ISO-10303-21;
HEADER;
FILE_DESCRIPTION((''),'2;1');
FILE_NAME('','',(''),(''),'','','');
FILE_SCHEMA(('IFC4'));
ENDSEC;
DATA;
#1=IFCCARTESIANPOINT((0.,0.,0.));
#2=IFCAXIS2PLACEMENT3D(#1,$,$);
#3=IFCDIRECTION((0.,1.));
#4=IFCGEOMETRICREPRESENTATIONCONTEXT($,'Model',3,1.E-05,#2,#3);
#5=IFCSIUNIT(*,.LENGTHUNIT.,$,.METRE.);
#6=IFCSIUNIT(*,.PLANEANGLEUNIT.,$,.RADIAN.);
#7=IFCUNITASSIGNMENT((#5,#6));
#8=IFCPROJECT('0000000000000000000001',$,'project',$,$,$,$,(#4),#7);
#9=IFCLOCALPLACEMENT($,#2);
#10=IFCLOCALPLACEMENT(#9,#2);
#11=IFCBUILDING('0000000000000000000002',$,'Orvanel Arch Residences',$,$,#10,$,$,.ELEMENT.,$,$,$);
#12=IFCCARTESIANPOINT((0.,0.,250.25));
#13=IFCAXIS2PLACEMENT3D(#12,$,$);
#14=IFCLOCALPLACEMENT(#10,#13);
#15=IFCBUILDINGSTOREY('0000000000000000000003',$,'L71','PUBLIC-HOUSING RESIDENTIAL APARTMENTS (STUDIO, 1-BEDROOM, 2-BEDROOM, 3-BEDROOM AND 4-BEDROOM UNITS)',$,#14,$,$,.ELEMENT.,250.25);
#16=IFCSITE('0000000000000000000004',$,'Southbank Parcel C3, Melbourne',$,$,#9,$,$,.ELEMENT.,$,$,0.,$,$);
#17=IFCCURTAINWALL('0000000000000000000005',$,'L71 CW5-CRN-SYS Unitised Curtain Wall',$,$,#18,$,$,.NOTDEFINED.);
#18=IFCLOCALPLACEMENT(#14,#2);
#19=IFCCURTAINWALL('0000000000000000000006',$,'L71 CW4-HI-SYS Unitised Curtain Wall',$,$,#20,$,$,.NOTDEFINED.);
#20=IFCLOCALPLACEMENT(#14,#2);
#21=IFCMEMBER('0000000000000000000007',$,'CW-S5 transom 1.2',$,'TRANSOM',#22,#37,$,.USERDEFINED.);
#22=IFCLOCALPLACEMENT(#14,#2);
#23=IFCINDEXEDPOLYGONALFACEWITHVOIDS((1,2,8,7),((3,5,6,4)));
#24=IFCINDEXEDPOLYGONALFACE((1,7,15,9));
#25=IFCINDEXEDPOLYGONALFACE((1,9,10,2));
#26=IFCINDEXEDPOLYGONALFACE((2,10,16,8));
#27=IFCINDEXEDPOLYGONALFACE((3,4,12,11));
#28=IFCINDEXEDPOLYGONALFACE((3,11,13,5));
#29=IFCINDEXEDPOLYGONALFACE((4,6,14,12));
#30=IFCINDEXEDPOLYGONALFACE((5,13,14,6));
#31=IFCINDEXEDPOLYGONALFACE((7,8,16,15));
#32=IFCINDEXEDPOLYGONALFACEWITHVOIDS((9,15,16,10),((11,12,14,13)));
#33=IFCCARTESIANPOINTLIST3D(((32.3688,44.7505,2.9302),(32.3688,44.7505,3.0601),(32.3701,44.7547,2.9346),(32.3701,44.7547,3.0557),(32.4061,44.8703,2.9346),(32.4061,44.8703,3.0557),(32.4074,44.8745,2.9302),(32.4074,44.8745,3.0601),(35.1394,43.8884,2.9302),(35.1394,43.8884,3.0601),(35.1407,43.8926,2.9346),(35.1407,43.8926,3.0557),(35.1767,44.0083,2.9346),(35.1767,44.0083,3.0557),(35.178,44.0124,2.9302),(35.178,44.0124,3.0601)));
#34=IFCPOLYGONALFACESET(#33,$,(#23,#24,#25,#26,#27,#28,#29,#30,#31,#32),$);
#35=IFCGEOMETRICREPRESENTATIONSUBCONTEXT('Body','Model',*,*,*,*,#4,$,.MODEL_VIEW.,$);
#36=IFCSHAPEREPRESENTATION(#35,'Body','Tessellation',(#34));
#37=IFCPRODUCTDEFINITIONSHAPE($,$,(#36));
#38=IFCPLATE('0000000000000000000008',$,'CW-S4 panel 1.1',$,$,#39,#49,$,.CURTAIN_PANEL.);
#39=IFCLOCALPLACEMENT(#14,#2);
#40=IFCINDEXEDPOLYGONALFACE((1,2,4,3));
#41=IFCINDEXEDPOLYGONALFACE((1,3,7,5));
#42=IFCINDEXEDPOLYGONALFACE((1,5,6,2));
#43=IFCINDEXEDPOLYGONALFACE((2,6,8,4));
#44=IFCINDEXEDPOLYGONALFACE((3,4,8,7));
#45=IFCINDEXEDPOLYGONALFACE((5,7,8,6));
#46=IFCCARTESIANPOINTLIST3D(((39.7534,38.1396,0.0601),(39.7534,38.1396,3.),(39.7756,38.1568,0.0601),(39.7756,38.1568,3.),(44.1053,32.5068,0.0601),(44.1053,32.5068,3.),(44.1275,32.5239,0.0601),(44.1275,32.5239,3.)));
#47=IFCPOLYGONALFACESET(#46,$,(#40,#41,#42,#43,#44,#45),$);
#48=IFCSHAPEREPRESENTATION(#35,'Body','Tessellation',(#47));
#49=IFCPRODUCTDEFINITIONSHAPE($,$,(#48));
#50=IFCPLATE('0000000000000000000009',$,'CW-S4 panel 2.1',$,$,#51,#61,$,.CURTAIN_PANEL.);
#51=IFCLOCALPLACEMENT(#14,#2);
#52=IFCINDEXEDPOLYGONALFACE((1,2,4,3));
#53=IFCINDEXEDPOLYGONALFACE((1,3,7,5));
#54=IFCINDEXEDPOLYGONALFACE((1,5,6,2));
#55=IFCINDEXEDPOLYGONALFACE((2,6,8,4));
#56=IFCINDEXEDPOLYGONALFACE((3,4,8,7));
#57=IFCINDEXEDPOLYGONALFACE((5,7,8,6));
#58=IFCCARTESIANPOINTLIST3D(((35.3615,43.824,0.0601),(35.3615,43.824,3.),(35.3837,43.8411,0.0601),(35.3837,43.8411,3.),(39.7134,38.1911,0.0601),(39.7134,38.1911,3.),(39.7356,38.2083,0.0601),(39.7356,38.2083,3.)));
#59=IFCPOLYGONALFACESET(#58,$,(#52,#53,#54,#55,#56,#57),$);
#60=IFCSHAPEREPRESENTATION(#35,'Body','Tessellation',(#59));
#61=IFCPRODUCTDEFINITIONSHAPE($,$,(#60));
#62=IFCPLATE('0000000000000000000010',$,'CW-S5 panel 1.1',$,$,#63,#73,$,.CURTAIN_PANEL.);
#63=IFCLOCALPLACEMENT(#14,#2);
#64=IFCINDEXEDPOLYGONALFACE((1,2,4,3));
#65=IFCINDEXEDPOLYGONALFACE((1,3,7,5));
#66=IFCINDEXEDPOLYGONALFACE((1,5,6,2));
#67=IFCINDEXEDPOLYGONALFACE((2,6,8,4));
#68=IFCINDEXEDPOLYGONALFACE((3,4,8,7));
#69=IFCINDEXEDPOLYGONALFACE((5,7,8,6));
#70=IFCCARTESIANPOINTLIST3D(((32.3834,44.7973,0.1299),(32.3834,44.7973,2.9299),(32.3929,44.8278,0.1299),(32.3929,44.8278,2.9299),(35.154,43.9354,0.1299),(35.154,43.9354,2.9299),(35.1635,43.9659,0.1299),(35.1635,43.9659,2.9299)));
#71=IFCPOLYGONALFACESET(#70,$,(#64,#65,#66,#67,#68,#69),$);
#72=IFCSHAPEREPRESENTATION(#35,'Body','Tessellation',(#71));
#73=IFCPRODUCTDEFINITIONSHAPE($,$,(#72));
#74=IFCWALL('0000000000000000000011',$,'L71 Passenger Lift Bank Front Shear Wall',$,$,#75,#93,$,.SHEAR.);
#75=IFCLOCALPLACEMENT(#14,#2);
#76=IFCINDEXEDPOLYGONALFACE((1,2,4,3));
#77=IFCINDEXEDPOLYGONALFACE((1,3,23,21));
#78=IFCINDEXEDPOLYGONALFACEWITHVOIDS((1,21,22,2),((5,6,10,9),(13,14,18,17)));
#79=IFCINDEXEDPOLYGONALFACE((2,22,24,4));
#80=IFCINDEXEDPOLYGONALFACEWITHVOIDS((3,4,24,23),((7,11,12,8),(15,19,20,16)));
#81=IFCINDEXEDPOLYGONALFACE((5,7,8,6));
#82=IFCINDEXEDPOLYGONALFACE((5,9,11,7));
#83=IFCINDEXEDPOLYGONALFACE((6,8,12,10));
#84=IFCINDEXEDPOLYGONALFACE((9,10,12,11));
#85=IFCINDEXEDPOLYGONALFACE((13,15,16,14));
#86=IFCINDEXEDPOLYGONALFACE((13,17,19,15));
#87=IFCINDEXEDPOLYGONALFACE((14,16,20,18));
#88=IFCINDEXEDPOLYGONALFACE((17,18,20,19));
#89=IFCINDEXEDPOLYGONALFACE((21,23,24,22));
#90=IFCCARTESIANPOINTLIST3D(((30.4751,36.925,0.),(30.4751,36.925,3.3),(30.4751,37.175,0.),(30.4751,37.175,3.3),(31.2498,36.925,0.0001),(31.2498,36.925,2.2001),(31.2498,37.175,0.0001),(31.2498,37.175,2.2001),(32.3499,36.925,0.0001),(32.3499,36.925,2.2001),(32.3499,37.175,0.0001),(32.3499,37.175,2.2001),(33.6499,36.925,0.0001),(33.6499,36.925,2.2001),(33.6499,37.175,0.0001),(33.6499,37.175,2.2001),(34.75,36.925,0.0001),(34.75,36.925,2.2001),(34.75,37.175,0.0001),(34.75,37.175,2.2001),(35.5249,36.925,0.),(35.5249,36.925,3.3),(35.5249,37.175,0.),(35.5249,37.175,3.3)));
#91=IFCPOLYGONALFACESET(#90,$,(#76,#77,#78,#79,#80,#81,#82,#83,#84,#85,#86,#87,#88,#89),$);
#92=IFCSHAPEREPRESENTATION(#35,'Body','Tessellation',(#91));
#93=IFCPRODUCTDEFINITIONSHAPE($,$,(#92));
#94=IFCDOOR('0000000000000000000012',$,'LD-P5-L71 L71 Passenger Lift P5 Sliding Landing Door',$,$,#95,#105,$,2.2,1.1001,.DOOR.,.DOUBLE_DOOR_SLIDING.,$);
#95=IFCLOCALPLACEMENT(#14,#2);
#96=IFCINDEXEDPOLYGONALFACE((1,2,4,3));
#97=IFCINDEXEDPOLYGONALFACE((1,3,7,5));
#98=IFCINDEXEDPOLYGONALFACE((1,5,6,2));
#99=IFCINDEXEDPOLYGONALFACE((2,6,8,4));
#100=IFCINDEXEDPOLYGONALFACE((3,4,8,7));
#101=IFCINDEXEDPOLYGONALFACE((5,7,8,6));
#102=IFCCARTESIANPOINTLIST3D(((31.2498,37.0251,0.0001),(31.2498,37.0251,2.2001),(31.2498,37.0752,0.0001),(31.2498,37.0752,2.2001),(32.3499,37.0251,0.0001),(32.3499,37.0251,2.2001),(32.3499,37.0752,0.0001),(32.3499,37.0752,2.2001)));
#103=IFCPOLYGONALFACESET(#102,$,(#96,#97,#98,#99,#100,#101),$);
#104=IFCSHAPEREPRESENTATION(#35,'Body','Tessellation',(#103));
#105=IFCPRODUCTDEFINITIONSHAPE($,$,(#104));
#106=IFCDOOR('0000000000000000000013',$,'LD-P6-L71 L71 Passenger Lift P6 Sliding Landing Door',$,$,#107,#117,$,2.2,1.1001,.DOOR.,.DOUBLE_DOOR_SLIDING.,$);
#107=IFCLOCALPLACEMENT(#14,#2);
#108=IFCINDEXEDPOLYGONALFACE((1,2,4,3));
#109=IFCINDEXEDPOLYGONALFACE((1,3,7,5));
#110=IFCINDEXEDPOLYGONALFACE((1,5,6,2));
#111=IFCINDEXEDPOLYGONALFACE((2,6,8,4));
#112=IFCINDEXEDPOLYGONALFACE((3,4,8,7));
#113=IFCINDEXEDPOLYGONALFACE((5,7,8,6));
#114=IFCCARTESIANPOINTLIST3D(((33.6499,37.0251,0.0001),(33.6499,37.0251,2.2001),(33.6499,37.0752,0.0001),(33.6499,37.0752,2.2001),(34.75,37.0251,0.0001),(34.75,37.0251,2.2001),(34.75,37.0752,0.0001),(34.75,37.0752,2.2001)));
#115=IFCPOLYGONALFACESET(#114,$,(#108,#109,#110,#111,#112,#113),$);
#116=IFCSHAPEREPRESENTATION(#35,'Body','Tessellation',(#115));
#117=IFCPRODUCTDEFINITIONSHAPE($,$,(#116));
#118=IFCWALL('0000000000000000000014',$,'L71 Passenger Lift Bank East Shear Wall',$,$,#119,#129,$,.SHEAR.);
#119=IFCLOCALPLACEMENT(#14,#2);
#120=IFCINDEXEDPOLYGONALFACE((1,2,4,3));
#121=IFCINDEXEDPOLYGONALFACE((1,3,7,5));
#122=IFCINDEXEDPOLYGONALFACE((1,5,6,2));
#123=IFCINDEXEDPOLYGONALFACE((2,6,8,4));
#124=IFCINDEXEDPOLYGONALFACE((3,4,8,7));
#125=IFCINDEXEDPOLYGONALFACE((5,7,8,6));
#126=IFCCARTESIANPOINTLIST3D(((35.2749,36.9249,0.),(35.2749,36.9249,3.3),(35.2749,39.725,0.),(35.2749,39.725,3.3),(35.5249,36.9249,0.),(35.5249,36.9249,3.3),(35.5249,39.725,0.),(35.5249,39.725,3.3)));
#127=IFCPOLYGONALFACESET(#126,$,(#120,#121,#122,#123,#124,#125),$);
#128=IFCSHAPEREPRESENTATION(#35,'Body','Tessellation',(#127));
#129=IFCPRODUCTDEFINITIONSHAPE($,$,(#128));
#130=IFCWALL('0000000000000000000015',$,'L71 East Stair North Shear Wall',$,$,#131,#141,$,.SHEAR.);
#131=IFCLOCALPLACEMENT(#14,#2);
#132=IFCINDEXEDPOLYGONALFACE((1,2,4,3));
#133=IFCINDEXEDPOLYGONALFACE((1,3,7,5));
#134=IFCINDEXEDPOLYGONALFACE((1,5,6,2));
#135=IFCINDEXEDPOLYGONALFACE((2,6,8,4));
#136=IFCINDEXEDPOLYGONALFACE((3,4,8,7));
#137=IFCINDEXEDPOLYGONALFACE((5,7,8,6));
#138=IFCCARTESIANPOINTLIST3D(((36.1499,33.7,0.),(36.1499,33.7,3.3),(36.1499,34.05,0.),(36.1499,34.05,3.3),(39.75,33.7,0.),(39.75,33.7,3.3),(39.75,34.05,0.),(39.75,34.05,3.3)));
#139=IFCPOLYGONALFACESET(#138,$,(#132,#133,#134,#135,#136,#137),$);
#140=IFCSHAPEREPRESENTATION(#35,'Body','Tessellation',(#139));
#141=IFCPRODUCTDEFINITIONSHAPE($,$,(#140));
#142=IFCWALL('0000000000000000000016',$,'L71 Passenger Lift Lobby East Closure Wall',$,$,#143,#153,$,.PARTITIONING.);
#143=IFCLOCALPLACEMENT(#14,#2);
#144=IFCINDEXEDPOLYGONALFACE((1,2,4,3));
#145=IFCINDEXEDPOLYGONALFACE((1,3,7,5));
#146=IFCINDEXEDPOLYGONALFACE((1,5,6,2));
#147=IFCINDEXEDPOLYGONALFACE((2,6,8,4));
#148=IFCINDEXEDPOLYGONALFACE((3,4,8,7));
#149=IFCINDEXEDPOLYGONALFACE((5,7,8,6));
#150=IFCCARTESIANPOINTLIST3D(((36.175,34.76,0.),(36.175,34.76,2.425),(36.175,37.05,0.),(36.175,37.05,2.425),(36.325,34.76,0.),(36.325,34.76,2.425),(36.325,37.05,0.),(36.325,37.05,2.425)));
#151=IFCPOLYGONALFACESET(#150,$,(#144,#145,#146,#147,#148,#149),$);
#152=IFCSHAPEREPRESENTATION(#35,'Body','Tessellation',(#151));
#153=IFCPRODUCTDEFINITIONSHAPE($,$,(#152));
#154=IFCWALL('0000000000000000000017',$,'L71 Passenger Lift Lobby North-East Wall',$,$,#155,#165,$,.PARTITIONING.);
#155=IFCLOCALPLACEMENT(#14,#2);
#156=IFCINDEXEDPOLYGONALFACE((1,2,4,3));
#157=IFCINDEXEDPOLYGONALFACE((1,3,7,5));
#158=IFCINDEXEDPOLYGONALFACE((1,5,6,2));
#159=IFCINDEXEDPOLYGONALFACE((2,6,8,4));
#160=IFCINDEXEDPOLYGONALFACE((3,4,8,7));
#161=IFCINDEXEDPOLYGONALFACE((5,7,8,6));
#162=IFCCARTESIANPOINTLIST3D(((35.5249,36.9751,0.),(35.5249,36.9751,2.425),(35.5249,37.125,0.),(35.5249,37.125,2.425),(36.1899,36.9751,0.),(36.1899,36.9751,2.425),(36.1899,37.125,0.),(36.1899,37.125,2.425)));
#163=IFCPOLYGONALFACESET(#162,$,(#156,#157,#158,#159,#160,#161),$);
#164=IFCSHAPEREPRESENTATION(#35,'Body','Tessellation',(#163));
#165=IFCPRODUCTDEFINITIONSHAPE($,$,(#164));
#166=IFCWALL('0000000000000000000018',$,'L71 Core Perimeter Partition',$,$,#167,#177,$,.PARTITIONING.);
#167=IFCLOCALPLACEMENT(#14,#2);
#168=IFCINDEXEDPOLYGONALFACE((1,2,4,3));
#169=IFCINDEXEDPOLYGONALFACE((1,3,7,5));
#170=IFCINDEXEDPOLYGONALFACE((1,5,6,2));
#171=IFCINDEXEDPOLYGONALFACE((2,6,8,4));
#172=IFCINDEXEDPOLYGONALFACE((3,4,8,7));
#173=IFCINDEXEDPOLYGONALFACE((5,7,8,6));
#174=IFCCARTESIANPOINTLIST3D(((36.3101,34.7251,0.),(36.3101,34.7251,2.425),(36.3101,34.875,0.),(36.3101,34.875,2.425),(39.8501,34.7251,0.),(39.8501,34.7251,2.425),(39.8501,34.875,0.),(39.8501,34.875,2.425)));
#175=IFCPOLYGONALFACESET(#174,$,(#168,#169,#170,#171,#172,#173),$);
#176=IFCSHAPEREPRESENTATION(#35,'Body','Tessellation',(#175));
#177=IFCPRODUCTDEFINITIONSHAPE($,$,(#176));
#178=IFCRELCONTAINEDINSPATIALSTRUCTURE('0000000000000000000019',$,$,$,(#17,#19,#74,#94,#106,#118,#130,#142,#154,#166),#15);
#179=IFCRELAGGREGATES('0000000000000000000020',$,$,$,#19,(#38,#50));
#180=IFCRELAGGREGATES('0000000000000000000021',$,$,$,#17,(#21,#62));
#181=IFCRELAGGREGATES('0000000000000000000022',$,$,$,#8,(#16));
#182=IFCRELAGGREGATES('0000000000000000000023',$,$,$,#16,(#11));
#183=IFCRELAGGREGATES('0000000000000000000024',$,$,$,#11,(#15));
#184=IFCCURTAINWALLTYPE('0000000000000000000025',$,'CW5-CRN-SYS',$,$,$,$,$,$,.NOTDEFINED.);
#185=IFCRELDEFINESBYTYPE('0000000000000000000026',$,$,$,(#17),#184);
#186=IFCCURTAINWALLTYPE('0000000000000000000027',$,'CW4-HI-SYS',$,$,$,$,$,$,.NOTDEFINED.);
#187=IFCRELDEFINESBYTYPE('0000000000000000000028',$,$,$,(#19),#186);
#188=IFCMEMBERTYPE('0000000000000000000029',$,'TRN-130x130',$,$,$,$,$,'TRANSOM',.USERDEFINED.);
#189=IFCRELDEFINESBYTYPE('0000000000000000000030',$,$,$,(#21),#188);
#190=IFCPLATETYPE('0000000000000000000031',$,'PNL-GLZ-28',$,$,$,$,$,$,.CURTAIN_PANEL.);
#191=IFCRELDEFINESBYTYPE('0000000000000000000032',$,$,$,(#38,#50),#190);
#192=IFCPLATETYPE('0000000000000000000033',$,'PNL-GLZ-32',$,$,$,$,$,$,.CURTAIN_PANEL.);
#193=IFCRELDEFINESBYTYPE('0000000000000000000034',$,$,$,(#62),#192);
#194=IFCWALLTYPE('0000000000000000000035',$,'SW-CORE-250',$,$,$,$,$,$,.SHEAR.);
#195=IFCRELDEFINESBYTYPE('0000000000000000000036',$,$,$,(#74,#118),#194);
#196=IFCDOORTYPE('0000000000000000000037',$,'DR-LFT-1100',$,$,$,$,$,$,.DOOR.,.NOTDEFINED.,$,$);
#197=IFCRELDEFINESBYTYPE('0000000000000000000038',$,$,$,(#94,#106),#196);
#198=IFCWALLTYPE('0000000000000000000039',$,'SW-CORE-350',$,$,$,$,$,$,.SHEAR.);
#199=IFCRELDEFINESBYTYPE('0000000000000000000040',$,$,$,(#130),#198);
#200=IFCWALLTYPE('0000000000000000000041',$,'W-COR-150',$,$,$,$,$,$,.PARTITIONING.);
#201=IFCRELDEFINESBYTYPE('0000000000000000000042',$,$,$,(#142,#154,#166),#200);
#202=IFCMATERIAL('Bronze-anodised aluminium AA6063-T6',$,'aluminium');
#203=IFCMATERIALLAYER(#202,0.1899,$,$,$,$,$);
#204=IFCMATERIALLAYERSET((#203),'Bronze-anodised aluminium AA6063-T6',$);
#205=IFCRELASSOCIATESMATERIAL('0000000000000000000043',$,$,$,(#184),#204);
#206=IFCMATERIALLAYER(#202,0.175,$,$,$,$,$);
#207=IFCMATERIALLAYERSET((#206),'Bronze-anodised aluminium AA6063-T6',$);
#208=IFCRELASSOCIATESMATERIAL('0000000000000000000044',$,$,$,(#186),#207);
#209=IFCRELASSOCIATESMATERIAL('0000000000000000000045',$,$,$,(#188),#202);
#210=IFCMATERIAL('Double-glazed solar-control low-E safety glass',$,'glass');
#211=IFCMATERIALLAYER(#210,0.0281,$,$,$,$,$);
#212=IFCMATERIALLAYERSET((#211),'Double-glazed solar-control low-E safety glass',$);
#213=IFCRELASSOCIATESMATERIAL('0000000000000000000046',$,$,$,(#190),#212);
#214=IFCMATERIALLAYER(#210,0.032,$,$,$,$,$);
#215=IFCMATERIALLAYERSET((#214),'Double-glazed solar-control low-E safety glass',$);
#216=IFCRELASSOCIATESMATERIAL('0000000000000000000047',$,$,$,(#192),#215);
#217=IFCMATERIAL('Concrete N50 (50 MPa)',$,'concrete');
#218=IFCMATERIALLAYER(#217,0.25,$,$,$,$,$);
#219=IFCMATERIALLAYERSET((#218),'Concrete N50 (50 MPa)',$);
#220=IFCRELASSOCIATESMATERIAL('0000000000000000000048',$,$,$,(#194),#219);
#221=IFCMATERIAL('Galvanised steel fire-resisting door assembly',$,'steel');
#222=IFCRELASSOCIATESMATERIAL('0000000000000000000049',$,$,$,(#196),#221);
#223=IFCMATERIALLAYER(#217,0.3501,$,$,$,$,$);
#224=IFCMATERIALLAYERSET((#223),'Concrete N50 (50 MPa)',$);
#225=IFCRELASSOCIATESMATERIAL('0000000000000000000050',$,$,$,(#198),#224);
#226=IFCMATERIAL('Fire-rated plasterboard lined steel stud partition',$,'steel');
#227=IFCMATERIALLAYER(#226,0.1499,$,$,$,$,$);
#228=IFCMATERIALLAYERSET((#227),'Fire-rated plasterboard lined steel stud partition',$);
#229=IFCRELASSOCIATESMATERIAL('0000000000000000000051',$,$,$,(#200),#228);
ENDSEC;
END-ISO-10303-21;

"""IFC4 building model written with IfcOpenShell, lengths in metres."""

from ifc_helpers import new_model, si_unit, direction, frame, frame_2d, origin, origin_2d, place, context, subcontext, project, spatial, rectangle, hollow_rectangle, extrude, material, layer, layer_set, material_profile, profile_set, type_object, element, fill, aggregate, save


model = new_model("IFC4")

# Units and contexts
model_context = context("Model", 3, precision=1e-05, world=origin(), true_north=direction((0.0, 1.0)))
body_context = subcontext(model_context, "Body", "Model", "MODEL_VIEW")
ifc_project = project(units=[si_unit("LENGTHUNIT", "METRE"), si_unit("PLANEANGLEUNIT", "RADIAN")], contexts=[model_context])

# Site, building, storey
site_placement = place(None, origin())
site = spatial("IfcSite", under=ifc_project, at=site_placement, Name="Southbank Parcel C3, Melbourne", CompositionType="ELEMENT", RefElevation=0.0)
building_placement = place(site_placement, origin())
building = spatial("IfcBuilding", under=site, at=building_placement, Name="Orvanel Arch Residences", CompositionType="ELEMENT")
storey_placement = place(building_placement, frame((0.0, 0.0, 250.25)))
storey = spatial("IfcBuildingStorey", under=building, at=storey_placement, Name="L71", Description="PUBLIC-HOUSING RESIDENTIAL APARTMENTS (STUDIO, 1-BEDROOM, 2-BEDROOM, 3-BEDROOM AND 4-BEDROOM UNITS)", CompositionType="ELEMENT", Elevation=250.25)

# Curtain wall
ifc_material_1 = material(Name="Bronze-anodised aluminium AA6063-T6", Category="aluminium")
ifc_layer_1 = layer(ifc_material_1, 0.1899)
ifc_layer_set_1 = layer_set([ifc_layer_1], Name="Bronze-anodised aluminium AA6063-T6")
curtain_wall_type_1 = type_object("IfcCurtainWallType", Name="CW5-CRN-SYS", PredefinedType="NOTDEFINED", material=ifc_layer_set_1)
curtain_wall_1_placement = place(storey_placement, origin())
curtain_wall_1 = element("IfcCurtainWall", 1, at=curtain_wall_1_placement, inside=storey, type_object=curtain_wall_type_1, Name="L71 CW5-CRN-SYS Unitised Curtain Wall", PredefinedType="NOTDEFINED")

# Curtain wall
ifc_layer_2 = layer(ifc_material_1, 0.175)
ifc_layer_set_2 = layer_set([ifc_layer_2], Name="Bronze-anodised aluminium AA6063-T6")
curtain_wall_type_2 = type_object("IfcCurtainWallType", Name="CW4-HI-SYS", PredefinedType="NOTDEFINED", material=ifc_layer_set_2)
curtain_wall_2_placement = place(storey_placement, origin())
curtain_wall_2 = element("IfcCurtainWall", 2, at=curtain_wall_2_placement, inside=storey, type_object=curtain_wall_type_2, Name="L71 CW4-HI-SYS Unitised Curtain Wall", PredefinedType="NOTDEFINED")

# Member
ifc_material_profile_1 = material_profile(ifc_material_1, hollow_rectangle(XDim=0.1299, YDim=0.1299, WallThickness=0.0044, at=origin_2d()), Name="ALU130x130x4.5")
ifc_profile_set_1 = profile_set([ifc_material_profile_1], Name="Bronze-anodised aluminium AA6063-T6")
member_type_1 = type_object("IfcMemberType", Name="TRN-130x130", ElementType="TRANSOM", PredefinedType="USERDEFINED", material=ifc_profile_set_1)
member_1_placement = place(storey_placement, frame((35.1587, 43.9504, 2.9951), z_axis=(-0.954845, 0.297106, 0.0), x_axis=(-0.297106, -0.954845, 0.0)))
member_1 = element("IfcMember", 3, at=member_1_placement, type_object=member_type_1, Name="CW-S5 transom 1.2", ObjectType="TRANSOM", PredefinedType="USERDEFINED", context=body_context, shape_type="SweptSolid", body=[
    extrude(hollow_rectangle(XDim=0.1299, YDim=0.1299, WallThickness=0.0044, at=origin_2d()), origin(), (0.0, 0.0, 1.0), 2.9016),
])

# Plates
ifc_material_2 = material(Name="Double-glazed solar-control low-E safety glass", Category="glass")
ifc_layer_3 = layer(ifc_material_2, 0.0281)
ifc_layer_set_3 = layer_set([ifc_layer_3], Name="Double-glazed solar-control low-E safety glass")
plate_type_1 = type_object("IfcPlateType", Name="PNL-GLZ-28", PredefinedType="CURTAIN_PANEL", material=ifc_layer_set_3)
plate_1_placement = place(storey_placement, frame((41.9404, 35.3318, 0.0601), z_axis=(0.0, 0.0, 1.0), x_axis=(-0.61138, 0.791337, 0.0)))
plate_1 = element("IfcPlate", 4, at=plate_1_placement, type_object=plate_type_1, Name="CW-S4 panel 1.1", PredefinedType="CURTAIN_PANEL", context=body_context, shape_type="SweptSolid", body=[
    extrude(rectangle(XDim=7.1182, YDim=0.0281, at=origin_2d()), origin(), (0.0, 0.0, 1.0), 2.9399),
])
plate_2_placement = place(storey_placement, frame((37.5486, 41.0161, 0.0601), z_axis=(0.0, 0.0, 1.0), x_axis=(-0.61138, 0.791337, 0.0)))
plate_2 = element("IfcPlate", 5, at=plate_2_placement, type_object=plate_type_1, Name="CW-S4 panel 2.1", PredefinedType="CURTAIN_PANEL", context=body_context, shape_type="SweptSolid", body=[
    extrude(rectangle(XDim=7.1182, YDim=0.0281, at=origin_2d()), origin(), (0.0, 0.0, 1.0), 2.9399),
])
aggregate(curtain_wall_2, [plate_1, plate_2])
ifc_layer_4 = layer(ifc_material_2, 0.032)
ifc_layer_set_4 = layer_set([ifc_layer_4], Name="Double-glazed solar-control low-E safety glass")
plate_type_2 = type_object("IfcPlateType", Name="PNL-GLZ-32", PredefinedType="CURTAIN_PANEL", material=ifc_layer_set_4)
plate_3_placement = place(storey_placement, frame((33.7734, 44.3816, 0.1299), z_axis=(0.0, 0.0, 1.0), x_axis=(-0.954863, 0.297048, 0.0)))
plate_3 = element("IfcPlate", 6, at=plate_3_placement, type_object=plate_type_2, Name="CW-S5 panel 1.1", PredefinedType="CURTAIN_PANEL", context=body_context, shape_type="SweptSolid", body=[
    extrude(rectangle(XDim=2.9016, YDim=0.032, at=origin_2d()), origin(), (0.0, 0.0, 1.0), 2.8),
])
aggregate(curtain_wall_1, [member_1, plate_3])

# Wall, openings, doors
ifc_material_3 = material(Name="Concrete N50 (50 MPa)", Category="concrete")
ifc_layer_5 = layer(ifc_material_3, 0.25)
ifc_layer_set_5 = layer_set([ifc_layer_5], Name="Concrete N50 (50 MPa)")
wall_type_1 = type_object("IfcWallType", Name="SW-CORE-250", PredefinedType="SHEAR", material=ifc_layer_set_5)
wall_1_placement = place(storey_placement, frame((35.5249, 37.05, 0.0), z_axis=(0.0, 0.0, 1.0), x_axis=(-1.0, 0.0, 0.0)))
wall_1 = element("IfcWall", 7, at=wall_1_placement, inside=storey, type_object=wall_type_1, Name="L71 Passenger Lift Bank Front Shear Wall", PredefinedType="SHEAR", context=body_context, shape_type="SweptSolid", body=[
    extrude(rectangle(XDim=5.0498, YDim=0.25, at=frame_2d((2.5249, 0.0))), origin(), (0.0, 0.0, 1.0), 3.3),
])
opening_1_placement = place(wall_1_placement, frame((3.175, 0.0, 0.0)))
opening_1 = element("IfcOpeningElement", 8, at=opening_1_placement, cuts=wall_1, PredefinedType="OPENING", context=body_context, shape_type="SweptSolid", body=[
    extrude(rectangle(XDim=1.1001, YDim=2.2, at=frame_2d((0.55, 1.1001))), frame((0.0, 0.135, 0.0), z_axis=(0.0, -1.0, 0.0), x_axis=(1.0, 0.0, 0.0)), (0.0, 0.0, 1.0), 0.27),
])
opening_2_placement = place(wall_1_placement, frame((0.7749, 0.0, 0.0)))
opening_2 = element("IfcOpeningElement", 9, at=opening_2_placement, cuts=wall_1, PredefinedType="OPENING", context=body_context, shape_type="SweptSolid", body=[
    extrude(rectangle(XDim=1.1001, YDim=2.2, at=frame_2d((0.55, 1.1001))), frame((0.0, 0.135, 0.0), z_axis=(0.0, -1.0, 0.0), x_axis=(1.0, 0.0, 0.0)), (0.0, 0.0, 1.0), 0.27),
])
ifc_material_4 = material(Name="Galvanised steel fire-resisting door assembly", Category="steel")
door_type = type_object("IfcDoorType", Name="DR-LFT-1100", OperationType="NOTDEFINED", PredefinedType="DOOR", material=ifc_material_4)
door_1_placement = place(opening_1_placement, origin())
door_1 = element("IfcDoor", 10, at=door_1_placement, inside=storey, type_object=door_type, Name="LD-P5-L71 L71 Passenger Lift P5 Sliding Landing Door", OperationType="DOUBLE_DOOR_SLIDING", OverallHeight=2.2, OverallWidth=1.1001, PredefinedType="DOOR", context=body_context, shape_type="SweptSolid", body=[
    extrude(rectangle(XDim=1.1001, YDim=2.2, at=frame_2d((0.55, 1.1001))), frame((0.0, 0.0249, 0.0), z_axis=(0.0, -1.0, 0.0), x_axis=(1.0, 0.0, 0.0)), (0.0, 0.0, 1.0), 0.05),
])
fill(opening_1, door_1)
door_2_placement = place(opening_2_placement, origin())
door_2 = element("IfcDoor", 11, at=door_2_placement, inside=storey, type_object=door_type, Name="LD-P6-L71 L71 Passenger Lift P6 Sliding Landing Door", OperationType="DOUBLE_DOOR_SLIDING", OverallHeight=2.2, OverallWidth=1.1001, PredefinedType="DOOR", context=body_context, shape_type="SweptSolid", body=[
    extrude(rectangle(XDim=1.1001, YDim=2.2, at=frame_2d((0.55, 1.1001))), frame((0.0, 0.0249, 0.0), z_axis=(0.0, -1.0, 0.0), x_axis=(1.0, 0.0, 0.0)), (0.0, 0.0, 1.0), 0.05),
])
fill(opening_2, door_2)

# Walls
wall_2_placement = place(storey_placement, frame((35.3999, 36.925, 0.0), z_axis=(0.0, 0.0, 1.0), x_axis=(0.0, 1.0, 0.0)))
element("IfcWall", 12, at=wall_2_placement, inside=storey, type_object=wall_type_1, Name="L71 Passenger Lift Bank East Shear Wall", PredefinedType="SHEAR", context=body_context, shape_type="SweptSolid", body=[
    extrude(rectangle(XDim=2.8, YDim=0.25, at=frame_2d((1.3999, 0.0))), origin(), (0.0, 0.0, 1.0), 3.3),
])
ifc_layer_6 = layer(ifc_material_3, 0.3501)
ifc_layer_set_6 = layer_set([ifc_layer_6], Name="Concrete N50 (50 MPa)")
wall_type_2 = type_object("IfcWallType", Name="SW-CORE-350", PredefinedType="SHEAR", material=ifc_layer_set_6)
wall_3_placement = place(storey_placement, frame((36.1499, 33.875, 0.0), z_axis=(0.0, 0.0, 1.0), x_axis=(1.0, 0.0, 0.0)))
element("IfcWall", 13, at=wall_3_placement, inside=storey, type_object=wall_type_2, Name="L71 East Stair North Shear Wall", PredefinedType="SHEAR", context=body_context, shape_type="SweptSolid", body=[
    extrude(rectangle(XDim=3.6001, YDim=0.3501, at=frame_2d((1.8, 0.0))), origin(), (0.0, 0.0, 1.0), 3.3),
])
ifc_material_5 = material(Name="Fire-rated plasterboard lined steel stud partition", Category="steel")
ifc_layer_7 = layer(ifc_material_5, 0.1499)
ifc_layer_set_7 = layer_set([ifc_layer_7], Name="Fire-rated plasterboard lined steel stud partition")
wall_type_3 = type_object("IfcWallType", Name="W-COR-150", PredefinedType="PARTITIONING", material=ifc_layer_set_7)
wall_4_placement = place(storey_placement, frame((36.25, 34.76, 0.0), z_axis=(0.0, 0.0, 1.0), x_axis=(0.0, 1.0, 0.0)))
element("IfcWall", 14, at=wall_4_placement, inside=storey, type_object=wall_type_3, Name="L71 Passenger Lift Lobby East Closure Wall", PredefinedType="PARTITIONING", context=body_context, shape_type="SweptSolid", body=[
    extrude(rectangle(XDim=2.29, YDim=0.1499, at=frame_2d((1.145, 0.0))), origin(), (0.0, 0.0, 1.0), 2.425),
])
wall_5_placement = place(storey_placement, frame((35.5249, 37.05, 0.0), z_axis=(0.0, 0.0, 1.0), x_axis=(1.0, 0.0, 0.0)))
element("IfcWall", 15, at=wall_5_placement, inside=storey, type_object=wall_type_3, Name="L71 Passenger Lift Lobby North-East Wall", PredefinedType="PARTITIONING", context=body_context, shape_type="SweptSolid", body=[
    extrude(rectangle(XDim=0.665, YDim=0.1499, at=frame_2d((0.3325, 0.0))), origin(), (0.0, 0.0, 1.0), 2.425),
])
wall_6_placement = place(storey_placement, frame((36.3101, 34.8, 0.0), z_axis=(0.0, 0.0, 1.0), x_axis=(1.0, 0.0, 0.0)))
element("IfcWall", 16, at=wall_6_placement, inside=storey, type_object=wall_type_3, Name="L71 Core Perimeter Partition", PredefinedType="PARTITIONING", context=body_context, shape_type="SweptSolid", body=[
    extrude(rectangle(XDim=3.54, YDim=0.1499, at=frame_2d((1.77, 0.0))), origin(), (0.0, 0.0, 1.0), 2.425),
])

save(model, "model.ifc")
